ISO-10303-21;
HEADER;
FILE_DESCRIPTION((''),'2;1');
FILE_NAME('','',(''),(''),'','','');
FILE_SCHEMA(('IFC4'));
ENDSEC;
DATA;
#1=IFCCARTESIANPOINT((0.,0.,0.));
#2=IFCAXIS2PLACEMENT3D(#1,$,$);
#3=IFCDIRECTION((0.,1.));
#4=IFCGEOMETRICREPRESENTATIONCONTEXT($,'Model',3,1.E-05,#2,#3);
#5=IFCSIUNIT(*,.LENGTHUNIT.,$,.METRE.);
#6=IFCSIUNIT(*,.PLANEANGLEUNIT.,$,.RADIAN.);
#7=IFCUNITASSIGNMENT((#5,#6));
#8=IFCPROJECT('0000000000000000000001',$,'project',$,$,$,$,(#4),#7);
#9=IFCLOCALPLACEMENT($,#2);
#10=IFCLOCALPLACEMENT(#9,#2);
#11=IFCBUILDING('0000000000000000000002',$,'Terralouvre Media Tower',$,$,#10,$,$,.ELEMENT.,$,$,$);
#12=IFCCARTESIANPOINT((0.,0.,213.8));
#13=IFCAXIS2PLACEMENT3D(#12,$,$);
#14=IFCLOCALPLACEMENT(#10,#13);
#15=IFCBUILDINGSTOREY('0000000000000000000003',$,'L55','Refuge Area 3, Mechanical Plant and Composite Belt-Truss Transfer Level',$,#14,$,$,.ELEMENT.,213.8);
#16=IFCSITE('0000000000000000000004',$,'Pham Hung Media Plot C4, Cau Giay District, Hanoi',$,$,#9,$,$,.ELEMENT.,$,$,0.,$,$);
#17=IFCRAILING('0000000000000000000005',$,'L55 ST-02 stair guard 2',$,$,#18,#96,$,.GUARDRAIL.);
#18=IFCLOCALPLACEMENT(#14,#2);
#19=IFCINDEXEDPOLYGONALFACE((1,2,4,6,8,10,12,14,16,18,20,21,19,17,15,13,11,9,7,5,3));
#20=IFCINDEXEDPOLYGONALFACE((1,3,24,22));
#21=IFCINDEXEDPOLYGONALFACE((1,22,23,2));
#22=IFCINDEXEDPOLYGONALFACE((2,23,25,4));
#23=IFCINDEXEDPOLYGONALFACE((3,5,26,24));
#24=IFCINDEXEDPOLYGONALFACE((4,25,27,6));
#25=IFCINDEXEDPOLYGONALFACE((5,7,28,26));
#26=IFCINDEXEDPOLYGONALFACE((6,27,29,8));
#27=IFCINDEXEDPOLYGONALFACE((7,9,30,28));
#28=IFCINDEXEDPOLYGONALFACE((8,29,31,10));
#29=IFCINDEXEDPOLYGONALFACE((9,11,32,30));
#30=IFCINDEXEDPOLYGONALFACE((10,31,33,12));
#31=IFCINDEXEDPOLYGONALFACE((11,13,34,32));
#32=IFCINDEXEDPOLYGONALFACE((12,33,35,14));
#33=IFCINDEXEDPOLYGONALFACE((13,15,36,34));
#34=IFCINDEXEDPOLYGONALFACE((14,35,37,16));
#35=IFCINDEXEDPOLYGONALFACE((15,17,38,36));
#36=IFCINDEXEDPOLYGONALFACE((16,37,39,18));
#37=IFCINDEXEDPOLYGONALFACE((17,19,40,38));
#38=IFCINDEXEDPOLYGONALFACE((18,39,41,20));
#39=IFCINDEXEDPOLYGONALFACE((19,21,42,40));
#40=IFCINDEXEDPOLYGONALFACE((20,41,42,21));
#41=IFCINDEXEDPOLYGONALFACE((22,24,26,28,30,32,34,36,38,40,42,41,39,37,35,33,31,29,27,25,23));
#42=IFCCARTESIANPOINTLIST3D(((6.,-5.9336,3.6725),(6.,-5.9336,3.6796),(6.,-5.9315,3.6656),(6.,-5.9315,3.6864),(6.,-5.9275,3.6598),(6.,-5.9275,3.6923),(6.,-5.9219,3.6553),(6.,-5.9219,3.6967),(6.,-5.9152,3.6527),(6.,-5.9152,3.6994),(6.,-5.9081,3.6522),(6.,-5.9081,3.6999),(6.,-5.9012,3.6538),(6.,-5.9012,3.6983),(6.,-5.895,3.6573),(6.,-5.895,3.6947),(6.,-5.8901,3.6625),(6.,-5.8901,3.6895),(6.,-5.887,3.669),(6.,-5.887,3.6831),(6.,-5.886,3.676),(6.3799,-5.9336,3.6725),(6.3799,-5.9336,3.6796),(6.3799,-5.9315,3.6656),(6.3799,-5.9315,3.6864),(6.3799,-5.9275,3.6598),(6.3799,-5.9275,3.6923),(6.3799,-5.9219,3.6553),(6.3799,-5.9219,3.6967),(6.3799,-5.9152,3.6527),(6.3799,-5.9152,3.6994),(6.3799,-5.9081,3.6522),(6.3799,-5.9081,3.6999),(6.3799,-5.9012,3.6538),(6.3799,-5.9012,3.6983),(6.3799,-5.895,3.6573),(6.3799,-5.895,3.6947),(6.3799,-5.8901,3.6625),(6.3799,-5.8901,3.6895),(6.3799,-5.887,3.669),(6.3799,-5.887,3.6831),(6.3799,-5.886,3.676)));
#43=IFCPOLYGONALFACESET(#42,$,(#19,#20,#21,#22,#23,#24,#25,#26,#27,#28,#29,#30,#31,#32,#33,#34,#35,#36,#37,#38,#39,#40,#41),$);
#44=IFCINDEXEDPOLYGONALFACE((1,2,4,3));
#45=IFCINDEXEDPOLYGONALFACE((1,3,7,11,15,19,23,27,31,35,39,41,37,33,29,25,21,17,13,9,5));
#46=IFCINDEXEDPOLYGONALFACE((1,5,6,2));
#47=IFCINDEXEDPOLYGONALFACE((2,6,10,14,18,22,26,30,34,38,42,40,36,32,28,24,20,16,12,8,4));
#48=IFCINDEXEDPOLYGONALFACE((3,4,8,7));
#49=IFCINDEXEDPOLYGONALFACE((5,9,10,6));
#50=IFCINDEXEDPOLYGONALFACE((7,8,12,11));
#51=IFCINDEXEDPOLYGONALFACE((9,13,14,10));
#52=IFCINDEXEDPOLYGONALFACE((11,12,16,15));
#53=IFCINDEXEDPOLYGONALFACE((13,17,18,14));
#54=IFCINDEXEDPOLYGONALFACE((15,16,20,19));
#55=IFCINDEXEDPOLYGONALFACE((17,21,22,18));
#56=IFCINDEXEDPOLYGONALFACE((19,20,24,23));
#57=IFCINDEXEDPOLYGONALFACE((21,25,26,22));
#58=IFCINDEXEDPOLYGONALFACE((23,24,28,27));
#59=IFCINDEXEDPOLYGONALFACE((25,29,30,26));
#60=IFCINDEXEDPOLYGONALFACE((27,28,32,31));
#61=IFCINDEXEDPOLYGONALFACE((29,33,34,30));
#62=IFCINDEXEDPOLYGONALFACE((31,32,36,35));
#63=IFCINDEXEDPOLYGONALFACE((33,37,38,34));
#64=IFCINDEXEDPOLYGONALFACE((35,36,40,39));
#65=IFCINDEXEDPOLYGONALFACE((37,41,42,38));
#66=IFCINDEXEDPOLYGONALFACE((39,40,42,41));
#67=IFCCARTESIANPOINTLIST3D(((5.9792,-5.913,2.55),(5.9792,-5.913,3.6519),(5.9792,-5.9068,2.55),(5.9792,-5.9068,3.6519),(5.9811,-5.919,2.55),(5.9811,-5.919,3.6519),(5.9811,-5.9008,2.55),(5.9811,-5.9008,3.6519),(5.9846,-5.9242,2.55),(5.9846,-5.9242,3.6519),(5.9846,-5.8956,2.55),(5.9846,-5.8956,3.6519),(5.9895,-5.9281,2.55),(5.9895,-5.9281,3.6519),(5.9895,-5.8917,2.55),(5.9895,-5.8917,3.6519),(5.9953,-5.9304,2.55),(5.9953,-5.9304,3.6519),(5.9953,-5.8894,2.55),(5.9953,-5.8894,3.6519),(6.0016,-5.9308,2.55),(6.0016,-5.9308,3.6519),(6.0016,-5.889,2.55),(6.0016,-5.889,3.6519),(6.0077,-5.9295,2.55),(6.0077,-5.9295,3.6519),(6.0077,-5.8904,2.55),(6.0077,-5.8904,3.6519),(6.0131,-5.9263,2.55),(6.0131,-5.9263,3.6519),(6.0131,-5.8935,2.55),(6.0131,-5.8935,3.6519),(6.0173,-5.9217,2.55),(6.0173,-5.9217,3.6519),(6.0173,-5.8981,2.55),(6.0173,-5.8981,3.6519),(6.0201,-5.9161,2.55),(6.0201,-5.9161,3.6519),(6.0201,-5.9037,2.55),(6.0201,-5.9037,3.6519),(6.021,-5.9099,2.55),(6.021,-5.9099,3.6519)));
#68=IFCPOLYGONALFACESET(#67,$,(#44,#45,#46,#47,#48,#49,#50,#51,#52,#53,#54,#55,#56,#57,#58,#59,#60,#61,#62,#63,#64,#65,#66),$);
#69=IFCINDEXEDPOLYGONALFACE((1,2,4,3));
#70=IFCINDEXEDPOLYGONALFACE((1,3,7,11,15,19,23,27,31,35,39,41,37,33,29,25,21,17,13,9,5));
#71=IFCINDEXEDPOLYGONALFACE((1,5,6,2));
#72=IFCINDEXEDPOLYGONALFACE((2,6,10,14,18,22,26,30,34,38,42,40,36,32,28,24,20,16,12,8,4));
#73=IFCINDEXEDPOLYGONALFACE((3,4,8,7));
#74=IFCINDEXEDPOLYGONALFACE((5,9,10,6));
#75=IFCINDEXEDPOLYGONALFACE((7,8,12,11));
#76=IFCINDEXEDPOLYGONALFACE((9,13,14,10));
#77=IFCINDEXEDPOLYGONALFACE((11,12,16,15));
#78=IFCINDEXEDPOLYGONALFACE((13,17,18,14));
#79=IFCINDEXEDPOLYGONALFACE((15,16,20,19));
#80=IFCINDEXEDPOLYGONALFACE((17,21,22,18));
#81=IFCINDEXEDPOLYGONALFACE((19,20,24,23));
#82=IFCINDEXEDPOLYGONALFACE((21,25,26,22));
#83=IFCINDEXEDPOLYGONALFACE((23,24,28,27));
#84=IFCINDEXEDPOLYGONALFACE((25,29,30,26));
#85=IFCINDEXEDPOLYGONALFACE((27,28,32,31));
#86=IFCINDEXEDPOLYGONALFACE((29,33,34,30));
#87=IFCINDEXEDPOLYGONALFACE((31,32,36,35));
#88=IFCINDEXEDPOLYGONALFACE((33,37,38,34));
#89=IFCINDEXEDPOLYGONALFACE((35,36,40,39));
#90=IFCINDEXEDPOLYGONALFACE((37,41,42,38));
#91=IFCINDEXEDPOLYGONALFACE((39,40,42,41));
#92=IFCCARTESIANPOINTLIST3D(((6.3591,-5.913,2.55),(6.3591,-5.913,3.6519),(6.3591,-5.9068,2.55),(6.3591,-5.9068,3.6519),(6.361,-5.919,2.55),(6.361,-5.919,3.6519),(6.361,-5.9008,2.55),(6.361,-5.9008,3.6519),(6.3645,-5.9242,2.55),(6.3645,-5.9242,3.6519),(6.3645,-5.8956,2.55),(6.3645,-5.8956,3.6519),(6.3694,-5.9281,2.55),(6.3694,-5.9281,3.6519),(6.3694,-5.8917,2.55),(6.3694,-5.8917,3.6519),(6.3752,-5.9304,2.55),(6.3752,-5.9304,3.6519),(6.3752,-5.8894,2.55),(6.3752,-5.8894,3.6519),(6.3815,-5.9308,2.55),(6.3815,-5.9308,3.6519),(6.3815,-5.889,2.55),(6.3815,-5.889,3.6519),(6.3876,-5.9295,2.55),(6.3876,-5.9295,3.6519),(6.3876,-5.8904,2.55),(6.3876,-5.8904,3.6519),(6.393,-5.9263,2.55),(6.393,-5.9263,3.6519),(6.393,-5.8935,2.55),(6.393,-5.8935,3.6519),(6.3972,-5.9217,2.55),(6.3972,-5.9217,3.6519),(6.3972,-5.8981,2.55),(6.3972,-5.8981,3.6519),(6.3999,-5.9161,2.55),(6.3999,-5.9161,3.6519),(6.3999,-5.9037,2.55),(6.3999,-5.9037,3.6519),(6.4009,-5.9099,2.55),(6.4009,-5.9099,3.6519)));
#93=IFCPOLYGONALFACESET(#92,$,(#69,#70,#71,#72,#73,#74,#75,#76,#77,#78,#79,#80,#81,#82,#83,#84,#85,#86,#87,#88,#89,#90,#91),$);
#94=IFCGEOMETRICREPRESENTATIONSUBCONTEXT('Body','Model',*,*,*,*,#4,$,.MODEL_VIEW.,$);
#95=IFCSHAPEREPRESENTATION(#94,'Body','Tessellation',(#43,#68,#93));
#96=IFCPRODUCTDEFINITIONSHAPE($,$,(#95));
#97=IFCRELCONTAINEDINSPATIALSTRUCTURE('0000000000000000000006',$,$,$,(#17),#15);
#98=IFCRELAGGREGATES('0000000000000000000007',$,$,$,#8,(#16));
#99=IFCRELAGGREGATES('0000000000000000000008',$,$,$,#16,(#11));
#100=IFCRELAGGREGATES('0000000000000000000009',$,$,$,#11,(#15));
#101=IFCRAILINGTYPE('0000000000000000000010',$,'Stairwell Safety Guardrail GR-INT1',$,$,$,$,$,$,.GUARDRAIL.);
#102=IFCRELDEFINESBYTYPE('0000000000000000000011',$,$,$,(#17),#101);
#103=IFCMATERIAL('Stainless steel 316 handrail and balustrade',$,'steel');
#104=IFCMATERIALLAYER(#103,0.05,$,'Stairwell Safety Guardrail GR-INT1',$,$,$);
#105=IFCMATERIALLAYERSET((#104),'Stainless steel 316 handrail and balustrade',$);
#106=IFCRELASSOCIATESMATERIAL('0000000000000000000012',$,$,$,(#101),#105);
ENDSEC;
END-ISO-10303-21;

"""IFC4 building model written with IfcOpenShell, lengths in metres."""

from ifc_helpers import new_model, si_unit, direction, frame, origin, origin_2d, place, context, subcontext, project, spatial, circle, extrude, material, layer, layer_set, type_object, element, save


model = new_model("IFC4")

# Units and contexts
model_context = context("Model", 3, precision=1e-05, world=origin(), true_north=direction((0.0, 1.0)))
body_context = subcontext(model_context, "Body", "Model", "MODEL_VIEW")
ifc_project = project(units=[si_unit("LENGTHUNIT", "METRE"), si_unit("PLANEANGLEUNIT", "RADIAN")], contexts=[model_context])

# Site, building, storey
site_placement = place(None, origin())
site = spatial("IfcSite", under=ifc_project, at=site_placement, Name="Pham Hung Media Plot C4, Cau Giay District, Hanoi", CompositionType="ELEMENT", RefElevation=0.0)
building_placement = place(site_placement, origin())
building = spatial("IfcBuilding", under=site, at=building_placement, Name="Terralouvre Media Tower", CompositionType="ELEMENT")
storey_placement = place(building_placement, frame((0.0, 0.0, 213.8)))
storey = spatial("IfcBuildingStorey", under=building, at=storey_placement, Name="L55", Description="Refuge Area 3, Mechanical Plant and Composite Belt-Truss Transfer Level", CompositionType="ELEMENT", Elevation=213.8)

# Railing
ifc_material_1 = material(Name="Stainless steel 316 handrail and balustrade", Category="steel")
ifc_layer_1 = layer(ifc_material_1, 0.05, Name="Stairwell Safety Guardrail GR-INT1")
ifc_layer_set_1 = layer_set([ifc_layer_1], Name="Stainless steel 316 handrail and balustrade")
railing_type_1 = type_object("IfcRailingType", Name="Stairwell Safety Guardrail GR-INT1", PredefinedType="GUARDRAIL", material=ifc_layer_set_1)
railing_1_placement = place(storey_placement, frame((6.0, -5.9099, 2.55)))
element("IfcRailing", 1, at=railing_1_placement, inside=storey, type_object=railing_type_1, Name="L55 ST-02 stair guard 2", PredefinedType="GUARDRAIL", context=body_context, shape_type="SweptSolid", body=[
    extrude(circle(Radius=0.0239, at=origin_2d()), frame((0.0, 0.0, 1.126), z_axis=(1.0, 0.0, 0.0), x_axis=(0.0, 1.0, 0.0)), (0.0, 0.0, 1.0), 0.3799),
    extrude(circle(Radius=0.021, at=origin_2d()), origin(), (0.0, 0.0, 1.0), 1.1018),
    extrude(circle(Radius=0.021, at=origin_2d()), frame((0.3799, 0.0, 0.0)), (0.0, 0.0, 1.0), 1.1018),
])

save(model, "model.ifc")
